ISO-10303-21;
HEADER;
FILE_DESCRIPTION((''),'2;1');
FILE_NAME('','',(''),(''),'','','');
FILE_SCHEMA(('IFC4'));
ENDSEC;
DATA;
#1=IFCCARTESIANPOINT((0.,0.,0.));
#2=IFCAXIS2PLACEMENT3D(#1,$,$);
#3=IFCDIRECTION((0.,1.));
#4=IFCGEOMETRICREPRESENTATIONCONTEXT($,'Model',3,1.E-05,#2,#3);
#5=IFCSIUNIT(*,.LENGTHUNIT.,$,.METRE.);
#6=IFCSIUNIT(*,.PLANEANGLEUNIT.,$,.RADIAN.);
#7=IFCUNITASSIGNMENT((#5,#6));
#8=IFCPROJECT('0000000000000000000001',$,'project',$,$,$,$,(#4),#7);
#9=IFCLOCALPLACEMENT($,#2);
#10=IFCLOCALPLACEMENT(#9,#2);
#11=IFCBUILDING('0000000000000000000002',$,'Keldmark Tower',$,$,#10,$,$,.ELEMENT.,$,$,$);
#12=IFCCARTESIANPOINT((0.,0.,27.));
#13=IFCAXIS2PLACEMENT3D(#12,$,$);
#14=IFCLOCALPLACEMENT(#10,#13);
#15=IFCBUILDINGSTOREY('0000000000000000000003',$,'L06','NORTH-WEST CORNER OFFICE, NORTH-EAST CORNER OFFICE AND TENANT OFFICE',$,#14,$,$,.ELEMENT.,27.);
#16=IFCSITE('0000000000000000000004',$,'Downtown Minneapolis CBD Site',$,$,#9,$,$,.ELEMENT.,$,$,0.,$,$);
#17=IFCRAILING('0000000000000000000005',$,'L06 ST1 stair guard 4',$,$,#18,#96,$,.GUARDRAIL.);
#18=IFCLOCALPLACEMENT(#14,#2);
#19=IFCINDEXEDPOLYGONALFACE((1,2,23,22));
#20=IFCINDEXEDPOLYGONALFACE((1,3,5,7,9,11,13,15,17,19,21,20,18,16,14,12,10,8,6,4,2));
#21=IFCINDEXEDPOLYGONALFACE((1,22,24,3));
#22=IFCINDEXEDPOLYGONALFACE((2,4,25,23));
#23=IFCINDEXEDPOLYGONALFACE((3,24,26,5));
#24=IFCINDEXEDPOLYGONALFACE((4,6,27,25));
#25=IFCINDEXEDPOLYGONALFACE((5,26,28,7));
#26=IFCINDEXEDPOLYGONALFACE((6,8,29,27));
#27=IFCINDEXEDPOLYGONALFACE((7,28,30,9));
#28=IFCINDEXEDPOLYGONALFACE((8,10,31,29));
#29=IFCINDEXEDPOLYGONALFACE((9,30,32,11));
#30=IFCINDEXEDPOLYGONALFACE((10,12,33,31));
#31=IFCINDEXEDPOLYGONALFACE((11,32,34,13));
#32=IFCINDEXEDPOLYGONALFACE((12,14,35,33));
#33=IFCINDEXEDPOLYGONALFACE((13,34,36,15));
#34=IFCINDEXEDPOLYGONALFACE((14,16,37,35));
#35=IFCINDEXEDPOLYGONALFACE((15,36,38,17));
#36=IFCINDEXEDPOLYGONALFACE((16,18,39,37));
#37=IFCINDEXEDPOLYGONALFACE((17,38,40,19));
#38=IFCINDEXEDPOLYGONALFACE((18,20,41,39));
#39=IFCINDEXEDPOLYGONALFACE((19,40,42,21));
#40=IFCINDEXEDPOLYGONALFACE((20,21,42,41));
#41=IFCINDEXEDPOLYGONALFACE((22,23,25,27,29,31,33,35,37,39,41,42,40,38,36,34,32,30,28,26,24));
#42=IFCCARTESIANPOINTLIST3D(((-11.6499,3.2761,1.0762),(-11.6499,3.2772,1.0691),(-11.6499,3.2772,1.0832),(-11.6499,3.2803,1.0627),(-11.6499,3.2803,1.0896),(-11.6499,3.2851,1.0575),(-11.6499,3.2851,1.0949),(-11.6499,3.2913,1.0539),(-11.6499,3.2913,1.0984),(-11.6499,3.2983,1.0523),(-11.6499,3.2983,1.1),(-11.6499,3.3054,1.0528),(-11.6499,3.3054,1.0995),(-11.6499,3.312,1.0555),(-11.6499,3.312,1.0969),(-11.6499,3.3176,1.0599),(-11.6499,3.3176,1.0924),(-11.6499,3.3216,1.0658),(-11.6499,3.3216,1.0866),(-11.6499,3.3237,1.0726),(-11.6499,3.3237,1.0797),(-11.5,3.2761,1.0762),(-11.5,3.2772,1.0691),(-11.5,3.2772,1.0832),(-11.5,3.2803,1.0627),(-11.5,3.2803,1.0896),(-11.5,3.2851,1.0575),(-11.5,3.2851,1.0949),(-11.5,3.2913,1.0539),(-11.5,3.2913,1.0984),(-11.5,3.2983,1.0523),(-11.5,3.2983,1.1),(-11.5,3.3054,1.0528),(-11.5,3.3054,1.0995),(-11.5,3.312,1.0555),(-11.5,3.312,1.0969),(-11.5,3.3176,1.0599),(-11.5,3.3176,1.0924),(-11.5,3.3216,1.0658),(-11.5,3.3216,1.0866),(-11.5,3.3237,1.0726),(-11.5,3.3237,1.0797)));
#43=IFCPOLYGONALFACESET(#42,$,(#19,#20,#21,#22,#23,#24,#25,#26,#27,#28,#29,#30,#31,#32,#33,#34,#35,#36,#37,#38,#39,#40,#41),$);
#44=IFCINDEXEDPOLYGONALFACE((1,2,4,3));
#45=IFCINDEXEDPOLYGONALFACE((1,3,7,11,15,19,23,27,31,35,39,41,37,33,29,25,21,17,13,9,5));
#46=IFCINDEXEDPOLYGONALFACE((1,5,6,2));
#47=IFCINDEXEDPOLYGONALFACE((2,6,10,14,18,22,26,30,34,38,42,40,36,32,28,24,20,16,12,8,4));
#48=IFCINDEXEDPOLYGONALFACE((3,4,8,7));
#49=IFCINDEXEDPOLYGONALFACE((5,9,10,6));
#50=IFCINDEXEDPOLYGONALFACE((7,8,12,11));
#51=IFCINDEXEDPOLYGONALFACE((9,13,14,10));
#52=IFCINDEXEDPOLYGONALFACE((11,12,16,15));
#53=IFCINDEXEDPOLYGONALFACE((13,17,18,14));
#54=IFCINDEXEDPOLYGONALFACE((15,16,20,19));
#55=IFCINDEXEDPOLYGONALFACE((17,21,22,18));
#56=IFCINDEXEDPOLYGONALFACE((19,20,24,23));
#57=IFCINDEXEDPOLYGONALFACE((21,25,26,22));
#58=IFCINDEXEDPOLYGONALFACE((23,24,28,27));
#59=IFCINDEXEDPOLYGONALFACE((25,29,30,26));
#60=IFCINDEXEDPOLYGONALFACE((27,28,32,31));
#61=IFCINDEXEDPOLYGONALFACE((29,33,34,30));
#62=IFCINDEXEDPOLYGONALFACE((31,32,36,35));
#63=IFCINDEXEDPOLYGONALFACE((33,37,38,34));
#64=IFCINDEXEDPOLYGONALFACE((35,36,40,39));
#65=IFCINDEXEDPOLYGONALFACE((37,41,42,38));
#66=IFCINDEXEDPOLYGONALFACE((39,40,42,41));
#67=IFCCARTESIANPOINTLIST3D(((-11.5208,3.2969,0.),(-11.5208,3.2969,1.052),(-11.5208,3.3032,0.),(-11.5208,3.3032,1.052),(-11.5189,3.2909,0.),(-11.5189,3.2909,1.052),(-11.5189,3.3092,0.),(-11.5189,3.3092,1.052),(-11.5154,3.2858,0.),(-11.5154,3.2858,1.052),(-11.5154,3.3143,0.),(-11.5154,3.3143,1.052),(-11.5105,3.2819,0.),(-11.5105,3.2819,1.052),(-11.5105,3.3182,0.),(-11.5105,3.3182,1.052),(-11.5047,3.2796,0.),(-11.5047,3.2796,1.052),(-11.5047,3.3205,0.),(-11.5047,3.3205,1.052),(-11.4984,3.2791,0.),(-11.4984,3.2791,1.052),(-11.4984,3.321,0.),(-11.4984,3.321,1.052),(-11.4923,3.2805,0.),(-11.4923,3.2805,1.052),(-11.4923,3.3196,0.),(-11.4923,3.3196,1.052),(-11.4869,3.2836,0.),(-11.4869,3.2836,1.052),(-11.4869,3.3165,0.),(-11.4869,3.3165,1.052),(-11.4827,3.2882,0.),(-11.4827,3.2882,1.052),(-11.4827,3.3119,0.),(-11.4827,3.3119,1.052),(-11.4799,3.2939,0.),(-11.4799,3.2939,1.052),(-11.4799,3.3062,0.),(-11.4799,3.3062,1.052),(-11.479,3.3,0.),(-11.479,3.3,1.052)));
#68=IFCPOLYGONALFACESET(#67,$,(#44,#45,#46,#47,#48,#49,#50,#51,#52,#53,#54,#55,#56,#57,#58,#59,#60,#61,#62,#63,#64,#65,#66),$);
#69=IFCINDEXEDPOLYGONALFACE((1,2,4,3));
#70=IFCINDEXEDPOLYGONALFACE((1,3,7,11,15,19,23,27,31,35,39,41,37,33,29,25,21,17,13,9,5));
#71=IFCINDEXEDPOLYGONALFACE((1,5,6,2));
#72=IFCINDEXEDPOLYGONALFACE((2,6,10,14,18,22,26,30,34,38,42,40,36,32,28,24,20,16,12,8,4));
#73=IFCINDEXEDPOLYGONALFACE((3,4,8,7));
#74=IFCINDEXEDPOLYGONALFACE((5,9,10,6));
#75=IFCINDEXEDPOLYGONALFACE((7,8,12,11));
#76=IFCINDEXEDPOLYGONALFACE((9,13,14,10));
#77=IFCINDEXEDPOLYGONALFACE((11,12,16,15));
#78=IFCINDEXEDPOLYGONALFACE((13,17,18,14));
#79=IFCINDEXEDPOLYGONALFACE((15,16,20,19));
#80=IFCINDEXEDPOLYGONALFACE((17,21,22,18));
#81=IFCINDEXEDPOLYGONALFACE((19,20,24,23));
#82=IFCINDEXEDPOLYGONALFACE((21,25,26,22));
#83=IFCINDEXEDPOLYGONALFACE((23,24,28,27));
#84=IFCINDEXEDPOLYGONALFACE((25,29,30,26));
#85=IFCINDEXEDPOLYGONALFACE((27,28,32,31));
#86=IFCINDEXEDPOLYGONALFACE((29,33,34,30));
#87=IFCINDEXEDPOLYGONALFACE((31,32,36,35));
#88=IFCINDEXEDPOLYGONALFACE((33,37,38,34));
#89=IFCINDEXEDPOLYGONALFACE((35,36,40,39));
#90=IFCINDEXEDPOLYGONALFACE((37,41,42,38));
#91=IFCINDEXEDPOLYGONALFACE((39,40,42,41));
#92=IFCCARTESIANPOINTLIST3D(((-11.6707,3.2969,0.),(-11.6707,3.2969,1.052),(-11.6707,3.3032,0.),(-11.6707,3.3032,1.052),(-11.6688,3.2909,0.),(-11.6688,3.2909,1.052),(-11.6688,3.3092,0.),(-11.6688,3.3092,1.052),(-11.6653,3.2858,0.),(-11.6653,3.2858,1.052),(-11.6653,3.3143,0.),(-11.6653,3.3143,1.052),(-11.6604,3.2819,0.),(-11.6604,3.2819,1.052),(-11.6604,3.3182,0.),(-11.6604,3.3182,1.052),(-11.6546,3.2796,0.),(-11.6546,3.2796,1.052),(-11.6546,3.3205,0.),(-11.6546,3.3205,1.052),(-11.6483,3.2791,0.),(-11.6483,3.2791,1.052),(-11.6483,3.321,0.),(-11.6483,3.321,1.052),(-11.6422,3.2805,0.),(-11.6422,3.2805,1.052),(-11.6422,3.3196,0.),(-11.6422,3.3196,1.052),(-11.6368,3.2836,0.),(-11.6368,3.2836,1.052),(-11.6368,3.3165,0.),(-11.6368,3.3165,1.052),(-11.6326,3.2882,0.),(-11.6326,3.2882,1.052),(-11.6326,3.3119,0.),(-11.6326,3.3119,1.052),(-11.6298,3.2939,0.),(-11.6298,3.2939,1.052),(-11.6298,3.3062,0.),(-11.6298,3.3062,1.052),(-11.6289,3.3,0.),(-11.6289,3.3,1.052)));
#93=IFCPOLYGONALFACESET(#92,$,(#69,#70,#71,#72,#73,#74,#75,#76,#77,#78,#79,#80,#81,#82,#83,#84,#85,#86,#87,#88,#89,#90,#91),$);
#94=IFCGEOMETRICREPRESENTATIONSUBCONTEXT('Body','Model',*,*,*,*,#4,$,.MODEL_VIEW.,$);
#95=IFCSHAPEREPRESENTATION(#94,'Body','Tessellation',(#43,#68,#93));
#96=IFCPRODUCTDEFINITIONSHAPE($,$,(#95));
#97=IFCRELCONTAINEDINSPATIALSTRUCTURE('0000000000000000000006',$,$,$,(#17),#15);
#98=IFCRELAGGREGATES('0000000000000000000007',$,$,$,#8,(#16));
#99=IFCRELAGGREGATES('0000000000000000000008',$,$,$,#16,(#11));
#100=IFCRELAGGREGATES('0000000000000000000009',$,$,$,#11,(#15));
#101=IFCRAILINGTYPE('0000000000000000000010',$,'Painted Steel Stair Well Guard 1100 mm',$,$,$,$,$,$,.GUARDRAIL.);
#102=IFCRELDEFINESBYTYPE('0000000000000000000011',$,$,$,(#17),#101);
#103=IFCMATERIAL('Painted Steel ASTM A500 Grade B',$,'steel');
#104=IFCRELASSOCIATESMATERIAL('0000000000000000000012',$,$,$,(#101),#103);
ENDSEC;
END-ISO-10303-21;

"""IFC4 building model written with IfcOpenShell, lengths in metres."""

from ifc_helpers import new_model, si_unit, direction, frame, origin, origin_2d, place, context, subcontext, project, spatial, circle, extrude, material, type_object, element, save


model = new_model("IFC4")

# Units and contexts
model_context = context("Model", 3, precision=1e-05, world=origin(), true_north=direction((0.0, 1.0)))
body_context = subcontext(model_context, "Body", "Model", "MODEL_VIEW")
ifc_project = project(units=[si_unit("LENGTHUNIT", "METRE"), si_unit("PLANEANGLEUNIT", "RADIAN")], contexts=[model_context])

# Site, building, storey
site_placement = place(None, origin())
site = spatial("IfcSite", under=ifc_project, at=site_placement, Name="Downtown Minneapolis CBD Site", CompositionType="ELEMENT", RefElevation=0.0)
building_placement = place(site_placement, origin())
building = spatial("IfcBuilding", under=site, at=building_placement, Name="Keldmark Tower", CompositionType="ELEMENT")
storey_placement = place(building_placement, frame((0.0, 0.0, 27.0)))
storey = spatial("IfcBuildingStorey", under=building, at=storey_placement, Name="L06", Description="NORTH-WEST CORNER OFFICE, NORTH-EAST CORNER OFFICE AND TENANT OFFICE", CompositionType="ELEMENT", Elevation=27.0)

# Railing
ifc_material_1 = material(Name="Painted Steel ASTM A500 Grade B", Category="steel")
railing_type_1 = type_object("IfcRailingType", Name="Painted Steel Stair Well Guard 1100 mm", PredefinedType="GUARDRAIL", material=ifc_material_1)
railing_1_placement = place(storey_placement, frame((-11.5, 3.3, 0.0)))
element("IfcRailing", 1, at=railing_1_placement, inside=storey, type_object=railing_type_1, Name="L06 ST1 stair guard 4", PredefinedType="GUARDRAIL", context=body_context, shape_type="SweptSolid", body=[
    extrude(circle(Radius=0.0239, at=origin_2d()), frame((0.0, 0.0, 1.0762), z_axis=(-1.0, 0.0, 0.0), x_axis=(0.0, -1.0, 0.0)), (0.0, 0.0, 1.0), 0.1499),
    extrude(circle(Radius=0.021, at=origin_2d()), origin(), (0.0, 0.0, 1.0), 1.052),
    extrude(circle(Radius=0.021, at=origin_2d()), frame((-0.1499, 0.0, 0.0)), (0.0, 0.0, 1.0), 1.052),
])

save(model, "model.ifc")
